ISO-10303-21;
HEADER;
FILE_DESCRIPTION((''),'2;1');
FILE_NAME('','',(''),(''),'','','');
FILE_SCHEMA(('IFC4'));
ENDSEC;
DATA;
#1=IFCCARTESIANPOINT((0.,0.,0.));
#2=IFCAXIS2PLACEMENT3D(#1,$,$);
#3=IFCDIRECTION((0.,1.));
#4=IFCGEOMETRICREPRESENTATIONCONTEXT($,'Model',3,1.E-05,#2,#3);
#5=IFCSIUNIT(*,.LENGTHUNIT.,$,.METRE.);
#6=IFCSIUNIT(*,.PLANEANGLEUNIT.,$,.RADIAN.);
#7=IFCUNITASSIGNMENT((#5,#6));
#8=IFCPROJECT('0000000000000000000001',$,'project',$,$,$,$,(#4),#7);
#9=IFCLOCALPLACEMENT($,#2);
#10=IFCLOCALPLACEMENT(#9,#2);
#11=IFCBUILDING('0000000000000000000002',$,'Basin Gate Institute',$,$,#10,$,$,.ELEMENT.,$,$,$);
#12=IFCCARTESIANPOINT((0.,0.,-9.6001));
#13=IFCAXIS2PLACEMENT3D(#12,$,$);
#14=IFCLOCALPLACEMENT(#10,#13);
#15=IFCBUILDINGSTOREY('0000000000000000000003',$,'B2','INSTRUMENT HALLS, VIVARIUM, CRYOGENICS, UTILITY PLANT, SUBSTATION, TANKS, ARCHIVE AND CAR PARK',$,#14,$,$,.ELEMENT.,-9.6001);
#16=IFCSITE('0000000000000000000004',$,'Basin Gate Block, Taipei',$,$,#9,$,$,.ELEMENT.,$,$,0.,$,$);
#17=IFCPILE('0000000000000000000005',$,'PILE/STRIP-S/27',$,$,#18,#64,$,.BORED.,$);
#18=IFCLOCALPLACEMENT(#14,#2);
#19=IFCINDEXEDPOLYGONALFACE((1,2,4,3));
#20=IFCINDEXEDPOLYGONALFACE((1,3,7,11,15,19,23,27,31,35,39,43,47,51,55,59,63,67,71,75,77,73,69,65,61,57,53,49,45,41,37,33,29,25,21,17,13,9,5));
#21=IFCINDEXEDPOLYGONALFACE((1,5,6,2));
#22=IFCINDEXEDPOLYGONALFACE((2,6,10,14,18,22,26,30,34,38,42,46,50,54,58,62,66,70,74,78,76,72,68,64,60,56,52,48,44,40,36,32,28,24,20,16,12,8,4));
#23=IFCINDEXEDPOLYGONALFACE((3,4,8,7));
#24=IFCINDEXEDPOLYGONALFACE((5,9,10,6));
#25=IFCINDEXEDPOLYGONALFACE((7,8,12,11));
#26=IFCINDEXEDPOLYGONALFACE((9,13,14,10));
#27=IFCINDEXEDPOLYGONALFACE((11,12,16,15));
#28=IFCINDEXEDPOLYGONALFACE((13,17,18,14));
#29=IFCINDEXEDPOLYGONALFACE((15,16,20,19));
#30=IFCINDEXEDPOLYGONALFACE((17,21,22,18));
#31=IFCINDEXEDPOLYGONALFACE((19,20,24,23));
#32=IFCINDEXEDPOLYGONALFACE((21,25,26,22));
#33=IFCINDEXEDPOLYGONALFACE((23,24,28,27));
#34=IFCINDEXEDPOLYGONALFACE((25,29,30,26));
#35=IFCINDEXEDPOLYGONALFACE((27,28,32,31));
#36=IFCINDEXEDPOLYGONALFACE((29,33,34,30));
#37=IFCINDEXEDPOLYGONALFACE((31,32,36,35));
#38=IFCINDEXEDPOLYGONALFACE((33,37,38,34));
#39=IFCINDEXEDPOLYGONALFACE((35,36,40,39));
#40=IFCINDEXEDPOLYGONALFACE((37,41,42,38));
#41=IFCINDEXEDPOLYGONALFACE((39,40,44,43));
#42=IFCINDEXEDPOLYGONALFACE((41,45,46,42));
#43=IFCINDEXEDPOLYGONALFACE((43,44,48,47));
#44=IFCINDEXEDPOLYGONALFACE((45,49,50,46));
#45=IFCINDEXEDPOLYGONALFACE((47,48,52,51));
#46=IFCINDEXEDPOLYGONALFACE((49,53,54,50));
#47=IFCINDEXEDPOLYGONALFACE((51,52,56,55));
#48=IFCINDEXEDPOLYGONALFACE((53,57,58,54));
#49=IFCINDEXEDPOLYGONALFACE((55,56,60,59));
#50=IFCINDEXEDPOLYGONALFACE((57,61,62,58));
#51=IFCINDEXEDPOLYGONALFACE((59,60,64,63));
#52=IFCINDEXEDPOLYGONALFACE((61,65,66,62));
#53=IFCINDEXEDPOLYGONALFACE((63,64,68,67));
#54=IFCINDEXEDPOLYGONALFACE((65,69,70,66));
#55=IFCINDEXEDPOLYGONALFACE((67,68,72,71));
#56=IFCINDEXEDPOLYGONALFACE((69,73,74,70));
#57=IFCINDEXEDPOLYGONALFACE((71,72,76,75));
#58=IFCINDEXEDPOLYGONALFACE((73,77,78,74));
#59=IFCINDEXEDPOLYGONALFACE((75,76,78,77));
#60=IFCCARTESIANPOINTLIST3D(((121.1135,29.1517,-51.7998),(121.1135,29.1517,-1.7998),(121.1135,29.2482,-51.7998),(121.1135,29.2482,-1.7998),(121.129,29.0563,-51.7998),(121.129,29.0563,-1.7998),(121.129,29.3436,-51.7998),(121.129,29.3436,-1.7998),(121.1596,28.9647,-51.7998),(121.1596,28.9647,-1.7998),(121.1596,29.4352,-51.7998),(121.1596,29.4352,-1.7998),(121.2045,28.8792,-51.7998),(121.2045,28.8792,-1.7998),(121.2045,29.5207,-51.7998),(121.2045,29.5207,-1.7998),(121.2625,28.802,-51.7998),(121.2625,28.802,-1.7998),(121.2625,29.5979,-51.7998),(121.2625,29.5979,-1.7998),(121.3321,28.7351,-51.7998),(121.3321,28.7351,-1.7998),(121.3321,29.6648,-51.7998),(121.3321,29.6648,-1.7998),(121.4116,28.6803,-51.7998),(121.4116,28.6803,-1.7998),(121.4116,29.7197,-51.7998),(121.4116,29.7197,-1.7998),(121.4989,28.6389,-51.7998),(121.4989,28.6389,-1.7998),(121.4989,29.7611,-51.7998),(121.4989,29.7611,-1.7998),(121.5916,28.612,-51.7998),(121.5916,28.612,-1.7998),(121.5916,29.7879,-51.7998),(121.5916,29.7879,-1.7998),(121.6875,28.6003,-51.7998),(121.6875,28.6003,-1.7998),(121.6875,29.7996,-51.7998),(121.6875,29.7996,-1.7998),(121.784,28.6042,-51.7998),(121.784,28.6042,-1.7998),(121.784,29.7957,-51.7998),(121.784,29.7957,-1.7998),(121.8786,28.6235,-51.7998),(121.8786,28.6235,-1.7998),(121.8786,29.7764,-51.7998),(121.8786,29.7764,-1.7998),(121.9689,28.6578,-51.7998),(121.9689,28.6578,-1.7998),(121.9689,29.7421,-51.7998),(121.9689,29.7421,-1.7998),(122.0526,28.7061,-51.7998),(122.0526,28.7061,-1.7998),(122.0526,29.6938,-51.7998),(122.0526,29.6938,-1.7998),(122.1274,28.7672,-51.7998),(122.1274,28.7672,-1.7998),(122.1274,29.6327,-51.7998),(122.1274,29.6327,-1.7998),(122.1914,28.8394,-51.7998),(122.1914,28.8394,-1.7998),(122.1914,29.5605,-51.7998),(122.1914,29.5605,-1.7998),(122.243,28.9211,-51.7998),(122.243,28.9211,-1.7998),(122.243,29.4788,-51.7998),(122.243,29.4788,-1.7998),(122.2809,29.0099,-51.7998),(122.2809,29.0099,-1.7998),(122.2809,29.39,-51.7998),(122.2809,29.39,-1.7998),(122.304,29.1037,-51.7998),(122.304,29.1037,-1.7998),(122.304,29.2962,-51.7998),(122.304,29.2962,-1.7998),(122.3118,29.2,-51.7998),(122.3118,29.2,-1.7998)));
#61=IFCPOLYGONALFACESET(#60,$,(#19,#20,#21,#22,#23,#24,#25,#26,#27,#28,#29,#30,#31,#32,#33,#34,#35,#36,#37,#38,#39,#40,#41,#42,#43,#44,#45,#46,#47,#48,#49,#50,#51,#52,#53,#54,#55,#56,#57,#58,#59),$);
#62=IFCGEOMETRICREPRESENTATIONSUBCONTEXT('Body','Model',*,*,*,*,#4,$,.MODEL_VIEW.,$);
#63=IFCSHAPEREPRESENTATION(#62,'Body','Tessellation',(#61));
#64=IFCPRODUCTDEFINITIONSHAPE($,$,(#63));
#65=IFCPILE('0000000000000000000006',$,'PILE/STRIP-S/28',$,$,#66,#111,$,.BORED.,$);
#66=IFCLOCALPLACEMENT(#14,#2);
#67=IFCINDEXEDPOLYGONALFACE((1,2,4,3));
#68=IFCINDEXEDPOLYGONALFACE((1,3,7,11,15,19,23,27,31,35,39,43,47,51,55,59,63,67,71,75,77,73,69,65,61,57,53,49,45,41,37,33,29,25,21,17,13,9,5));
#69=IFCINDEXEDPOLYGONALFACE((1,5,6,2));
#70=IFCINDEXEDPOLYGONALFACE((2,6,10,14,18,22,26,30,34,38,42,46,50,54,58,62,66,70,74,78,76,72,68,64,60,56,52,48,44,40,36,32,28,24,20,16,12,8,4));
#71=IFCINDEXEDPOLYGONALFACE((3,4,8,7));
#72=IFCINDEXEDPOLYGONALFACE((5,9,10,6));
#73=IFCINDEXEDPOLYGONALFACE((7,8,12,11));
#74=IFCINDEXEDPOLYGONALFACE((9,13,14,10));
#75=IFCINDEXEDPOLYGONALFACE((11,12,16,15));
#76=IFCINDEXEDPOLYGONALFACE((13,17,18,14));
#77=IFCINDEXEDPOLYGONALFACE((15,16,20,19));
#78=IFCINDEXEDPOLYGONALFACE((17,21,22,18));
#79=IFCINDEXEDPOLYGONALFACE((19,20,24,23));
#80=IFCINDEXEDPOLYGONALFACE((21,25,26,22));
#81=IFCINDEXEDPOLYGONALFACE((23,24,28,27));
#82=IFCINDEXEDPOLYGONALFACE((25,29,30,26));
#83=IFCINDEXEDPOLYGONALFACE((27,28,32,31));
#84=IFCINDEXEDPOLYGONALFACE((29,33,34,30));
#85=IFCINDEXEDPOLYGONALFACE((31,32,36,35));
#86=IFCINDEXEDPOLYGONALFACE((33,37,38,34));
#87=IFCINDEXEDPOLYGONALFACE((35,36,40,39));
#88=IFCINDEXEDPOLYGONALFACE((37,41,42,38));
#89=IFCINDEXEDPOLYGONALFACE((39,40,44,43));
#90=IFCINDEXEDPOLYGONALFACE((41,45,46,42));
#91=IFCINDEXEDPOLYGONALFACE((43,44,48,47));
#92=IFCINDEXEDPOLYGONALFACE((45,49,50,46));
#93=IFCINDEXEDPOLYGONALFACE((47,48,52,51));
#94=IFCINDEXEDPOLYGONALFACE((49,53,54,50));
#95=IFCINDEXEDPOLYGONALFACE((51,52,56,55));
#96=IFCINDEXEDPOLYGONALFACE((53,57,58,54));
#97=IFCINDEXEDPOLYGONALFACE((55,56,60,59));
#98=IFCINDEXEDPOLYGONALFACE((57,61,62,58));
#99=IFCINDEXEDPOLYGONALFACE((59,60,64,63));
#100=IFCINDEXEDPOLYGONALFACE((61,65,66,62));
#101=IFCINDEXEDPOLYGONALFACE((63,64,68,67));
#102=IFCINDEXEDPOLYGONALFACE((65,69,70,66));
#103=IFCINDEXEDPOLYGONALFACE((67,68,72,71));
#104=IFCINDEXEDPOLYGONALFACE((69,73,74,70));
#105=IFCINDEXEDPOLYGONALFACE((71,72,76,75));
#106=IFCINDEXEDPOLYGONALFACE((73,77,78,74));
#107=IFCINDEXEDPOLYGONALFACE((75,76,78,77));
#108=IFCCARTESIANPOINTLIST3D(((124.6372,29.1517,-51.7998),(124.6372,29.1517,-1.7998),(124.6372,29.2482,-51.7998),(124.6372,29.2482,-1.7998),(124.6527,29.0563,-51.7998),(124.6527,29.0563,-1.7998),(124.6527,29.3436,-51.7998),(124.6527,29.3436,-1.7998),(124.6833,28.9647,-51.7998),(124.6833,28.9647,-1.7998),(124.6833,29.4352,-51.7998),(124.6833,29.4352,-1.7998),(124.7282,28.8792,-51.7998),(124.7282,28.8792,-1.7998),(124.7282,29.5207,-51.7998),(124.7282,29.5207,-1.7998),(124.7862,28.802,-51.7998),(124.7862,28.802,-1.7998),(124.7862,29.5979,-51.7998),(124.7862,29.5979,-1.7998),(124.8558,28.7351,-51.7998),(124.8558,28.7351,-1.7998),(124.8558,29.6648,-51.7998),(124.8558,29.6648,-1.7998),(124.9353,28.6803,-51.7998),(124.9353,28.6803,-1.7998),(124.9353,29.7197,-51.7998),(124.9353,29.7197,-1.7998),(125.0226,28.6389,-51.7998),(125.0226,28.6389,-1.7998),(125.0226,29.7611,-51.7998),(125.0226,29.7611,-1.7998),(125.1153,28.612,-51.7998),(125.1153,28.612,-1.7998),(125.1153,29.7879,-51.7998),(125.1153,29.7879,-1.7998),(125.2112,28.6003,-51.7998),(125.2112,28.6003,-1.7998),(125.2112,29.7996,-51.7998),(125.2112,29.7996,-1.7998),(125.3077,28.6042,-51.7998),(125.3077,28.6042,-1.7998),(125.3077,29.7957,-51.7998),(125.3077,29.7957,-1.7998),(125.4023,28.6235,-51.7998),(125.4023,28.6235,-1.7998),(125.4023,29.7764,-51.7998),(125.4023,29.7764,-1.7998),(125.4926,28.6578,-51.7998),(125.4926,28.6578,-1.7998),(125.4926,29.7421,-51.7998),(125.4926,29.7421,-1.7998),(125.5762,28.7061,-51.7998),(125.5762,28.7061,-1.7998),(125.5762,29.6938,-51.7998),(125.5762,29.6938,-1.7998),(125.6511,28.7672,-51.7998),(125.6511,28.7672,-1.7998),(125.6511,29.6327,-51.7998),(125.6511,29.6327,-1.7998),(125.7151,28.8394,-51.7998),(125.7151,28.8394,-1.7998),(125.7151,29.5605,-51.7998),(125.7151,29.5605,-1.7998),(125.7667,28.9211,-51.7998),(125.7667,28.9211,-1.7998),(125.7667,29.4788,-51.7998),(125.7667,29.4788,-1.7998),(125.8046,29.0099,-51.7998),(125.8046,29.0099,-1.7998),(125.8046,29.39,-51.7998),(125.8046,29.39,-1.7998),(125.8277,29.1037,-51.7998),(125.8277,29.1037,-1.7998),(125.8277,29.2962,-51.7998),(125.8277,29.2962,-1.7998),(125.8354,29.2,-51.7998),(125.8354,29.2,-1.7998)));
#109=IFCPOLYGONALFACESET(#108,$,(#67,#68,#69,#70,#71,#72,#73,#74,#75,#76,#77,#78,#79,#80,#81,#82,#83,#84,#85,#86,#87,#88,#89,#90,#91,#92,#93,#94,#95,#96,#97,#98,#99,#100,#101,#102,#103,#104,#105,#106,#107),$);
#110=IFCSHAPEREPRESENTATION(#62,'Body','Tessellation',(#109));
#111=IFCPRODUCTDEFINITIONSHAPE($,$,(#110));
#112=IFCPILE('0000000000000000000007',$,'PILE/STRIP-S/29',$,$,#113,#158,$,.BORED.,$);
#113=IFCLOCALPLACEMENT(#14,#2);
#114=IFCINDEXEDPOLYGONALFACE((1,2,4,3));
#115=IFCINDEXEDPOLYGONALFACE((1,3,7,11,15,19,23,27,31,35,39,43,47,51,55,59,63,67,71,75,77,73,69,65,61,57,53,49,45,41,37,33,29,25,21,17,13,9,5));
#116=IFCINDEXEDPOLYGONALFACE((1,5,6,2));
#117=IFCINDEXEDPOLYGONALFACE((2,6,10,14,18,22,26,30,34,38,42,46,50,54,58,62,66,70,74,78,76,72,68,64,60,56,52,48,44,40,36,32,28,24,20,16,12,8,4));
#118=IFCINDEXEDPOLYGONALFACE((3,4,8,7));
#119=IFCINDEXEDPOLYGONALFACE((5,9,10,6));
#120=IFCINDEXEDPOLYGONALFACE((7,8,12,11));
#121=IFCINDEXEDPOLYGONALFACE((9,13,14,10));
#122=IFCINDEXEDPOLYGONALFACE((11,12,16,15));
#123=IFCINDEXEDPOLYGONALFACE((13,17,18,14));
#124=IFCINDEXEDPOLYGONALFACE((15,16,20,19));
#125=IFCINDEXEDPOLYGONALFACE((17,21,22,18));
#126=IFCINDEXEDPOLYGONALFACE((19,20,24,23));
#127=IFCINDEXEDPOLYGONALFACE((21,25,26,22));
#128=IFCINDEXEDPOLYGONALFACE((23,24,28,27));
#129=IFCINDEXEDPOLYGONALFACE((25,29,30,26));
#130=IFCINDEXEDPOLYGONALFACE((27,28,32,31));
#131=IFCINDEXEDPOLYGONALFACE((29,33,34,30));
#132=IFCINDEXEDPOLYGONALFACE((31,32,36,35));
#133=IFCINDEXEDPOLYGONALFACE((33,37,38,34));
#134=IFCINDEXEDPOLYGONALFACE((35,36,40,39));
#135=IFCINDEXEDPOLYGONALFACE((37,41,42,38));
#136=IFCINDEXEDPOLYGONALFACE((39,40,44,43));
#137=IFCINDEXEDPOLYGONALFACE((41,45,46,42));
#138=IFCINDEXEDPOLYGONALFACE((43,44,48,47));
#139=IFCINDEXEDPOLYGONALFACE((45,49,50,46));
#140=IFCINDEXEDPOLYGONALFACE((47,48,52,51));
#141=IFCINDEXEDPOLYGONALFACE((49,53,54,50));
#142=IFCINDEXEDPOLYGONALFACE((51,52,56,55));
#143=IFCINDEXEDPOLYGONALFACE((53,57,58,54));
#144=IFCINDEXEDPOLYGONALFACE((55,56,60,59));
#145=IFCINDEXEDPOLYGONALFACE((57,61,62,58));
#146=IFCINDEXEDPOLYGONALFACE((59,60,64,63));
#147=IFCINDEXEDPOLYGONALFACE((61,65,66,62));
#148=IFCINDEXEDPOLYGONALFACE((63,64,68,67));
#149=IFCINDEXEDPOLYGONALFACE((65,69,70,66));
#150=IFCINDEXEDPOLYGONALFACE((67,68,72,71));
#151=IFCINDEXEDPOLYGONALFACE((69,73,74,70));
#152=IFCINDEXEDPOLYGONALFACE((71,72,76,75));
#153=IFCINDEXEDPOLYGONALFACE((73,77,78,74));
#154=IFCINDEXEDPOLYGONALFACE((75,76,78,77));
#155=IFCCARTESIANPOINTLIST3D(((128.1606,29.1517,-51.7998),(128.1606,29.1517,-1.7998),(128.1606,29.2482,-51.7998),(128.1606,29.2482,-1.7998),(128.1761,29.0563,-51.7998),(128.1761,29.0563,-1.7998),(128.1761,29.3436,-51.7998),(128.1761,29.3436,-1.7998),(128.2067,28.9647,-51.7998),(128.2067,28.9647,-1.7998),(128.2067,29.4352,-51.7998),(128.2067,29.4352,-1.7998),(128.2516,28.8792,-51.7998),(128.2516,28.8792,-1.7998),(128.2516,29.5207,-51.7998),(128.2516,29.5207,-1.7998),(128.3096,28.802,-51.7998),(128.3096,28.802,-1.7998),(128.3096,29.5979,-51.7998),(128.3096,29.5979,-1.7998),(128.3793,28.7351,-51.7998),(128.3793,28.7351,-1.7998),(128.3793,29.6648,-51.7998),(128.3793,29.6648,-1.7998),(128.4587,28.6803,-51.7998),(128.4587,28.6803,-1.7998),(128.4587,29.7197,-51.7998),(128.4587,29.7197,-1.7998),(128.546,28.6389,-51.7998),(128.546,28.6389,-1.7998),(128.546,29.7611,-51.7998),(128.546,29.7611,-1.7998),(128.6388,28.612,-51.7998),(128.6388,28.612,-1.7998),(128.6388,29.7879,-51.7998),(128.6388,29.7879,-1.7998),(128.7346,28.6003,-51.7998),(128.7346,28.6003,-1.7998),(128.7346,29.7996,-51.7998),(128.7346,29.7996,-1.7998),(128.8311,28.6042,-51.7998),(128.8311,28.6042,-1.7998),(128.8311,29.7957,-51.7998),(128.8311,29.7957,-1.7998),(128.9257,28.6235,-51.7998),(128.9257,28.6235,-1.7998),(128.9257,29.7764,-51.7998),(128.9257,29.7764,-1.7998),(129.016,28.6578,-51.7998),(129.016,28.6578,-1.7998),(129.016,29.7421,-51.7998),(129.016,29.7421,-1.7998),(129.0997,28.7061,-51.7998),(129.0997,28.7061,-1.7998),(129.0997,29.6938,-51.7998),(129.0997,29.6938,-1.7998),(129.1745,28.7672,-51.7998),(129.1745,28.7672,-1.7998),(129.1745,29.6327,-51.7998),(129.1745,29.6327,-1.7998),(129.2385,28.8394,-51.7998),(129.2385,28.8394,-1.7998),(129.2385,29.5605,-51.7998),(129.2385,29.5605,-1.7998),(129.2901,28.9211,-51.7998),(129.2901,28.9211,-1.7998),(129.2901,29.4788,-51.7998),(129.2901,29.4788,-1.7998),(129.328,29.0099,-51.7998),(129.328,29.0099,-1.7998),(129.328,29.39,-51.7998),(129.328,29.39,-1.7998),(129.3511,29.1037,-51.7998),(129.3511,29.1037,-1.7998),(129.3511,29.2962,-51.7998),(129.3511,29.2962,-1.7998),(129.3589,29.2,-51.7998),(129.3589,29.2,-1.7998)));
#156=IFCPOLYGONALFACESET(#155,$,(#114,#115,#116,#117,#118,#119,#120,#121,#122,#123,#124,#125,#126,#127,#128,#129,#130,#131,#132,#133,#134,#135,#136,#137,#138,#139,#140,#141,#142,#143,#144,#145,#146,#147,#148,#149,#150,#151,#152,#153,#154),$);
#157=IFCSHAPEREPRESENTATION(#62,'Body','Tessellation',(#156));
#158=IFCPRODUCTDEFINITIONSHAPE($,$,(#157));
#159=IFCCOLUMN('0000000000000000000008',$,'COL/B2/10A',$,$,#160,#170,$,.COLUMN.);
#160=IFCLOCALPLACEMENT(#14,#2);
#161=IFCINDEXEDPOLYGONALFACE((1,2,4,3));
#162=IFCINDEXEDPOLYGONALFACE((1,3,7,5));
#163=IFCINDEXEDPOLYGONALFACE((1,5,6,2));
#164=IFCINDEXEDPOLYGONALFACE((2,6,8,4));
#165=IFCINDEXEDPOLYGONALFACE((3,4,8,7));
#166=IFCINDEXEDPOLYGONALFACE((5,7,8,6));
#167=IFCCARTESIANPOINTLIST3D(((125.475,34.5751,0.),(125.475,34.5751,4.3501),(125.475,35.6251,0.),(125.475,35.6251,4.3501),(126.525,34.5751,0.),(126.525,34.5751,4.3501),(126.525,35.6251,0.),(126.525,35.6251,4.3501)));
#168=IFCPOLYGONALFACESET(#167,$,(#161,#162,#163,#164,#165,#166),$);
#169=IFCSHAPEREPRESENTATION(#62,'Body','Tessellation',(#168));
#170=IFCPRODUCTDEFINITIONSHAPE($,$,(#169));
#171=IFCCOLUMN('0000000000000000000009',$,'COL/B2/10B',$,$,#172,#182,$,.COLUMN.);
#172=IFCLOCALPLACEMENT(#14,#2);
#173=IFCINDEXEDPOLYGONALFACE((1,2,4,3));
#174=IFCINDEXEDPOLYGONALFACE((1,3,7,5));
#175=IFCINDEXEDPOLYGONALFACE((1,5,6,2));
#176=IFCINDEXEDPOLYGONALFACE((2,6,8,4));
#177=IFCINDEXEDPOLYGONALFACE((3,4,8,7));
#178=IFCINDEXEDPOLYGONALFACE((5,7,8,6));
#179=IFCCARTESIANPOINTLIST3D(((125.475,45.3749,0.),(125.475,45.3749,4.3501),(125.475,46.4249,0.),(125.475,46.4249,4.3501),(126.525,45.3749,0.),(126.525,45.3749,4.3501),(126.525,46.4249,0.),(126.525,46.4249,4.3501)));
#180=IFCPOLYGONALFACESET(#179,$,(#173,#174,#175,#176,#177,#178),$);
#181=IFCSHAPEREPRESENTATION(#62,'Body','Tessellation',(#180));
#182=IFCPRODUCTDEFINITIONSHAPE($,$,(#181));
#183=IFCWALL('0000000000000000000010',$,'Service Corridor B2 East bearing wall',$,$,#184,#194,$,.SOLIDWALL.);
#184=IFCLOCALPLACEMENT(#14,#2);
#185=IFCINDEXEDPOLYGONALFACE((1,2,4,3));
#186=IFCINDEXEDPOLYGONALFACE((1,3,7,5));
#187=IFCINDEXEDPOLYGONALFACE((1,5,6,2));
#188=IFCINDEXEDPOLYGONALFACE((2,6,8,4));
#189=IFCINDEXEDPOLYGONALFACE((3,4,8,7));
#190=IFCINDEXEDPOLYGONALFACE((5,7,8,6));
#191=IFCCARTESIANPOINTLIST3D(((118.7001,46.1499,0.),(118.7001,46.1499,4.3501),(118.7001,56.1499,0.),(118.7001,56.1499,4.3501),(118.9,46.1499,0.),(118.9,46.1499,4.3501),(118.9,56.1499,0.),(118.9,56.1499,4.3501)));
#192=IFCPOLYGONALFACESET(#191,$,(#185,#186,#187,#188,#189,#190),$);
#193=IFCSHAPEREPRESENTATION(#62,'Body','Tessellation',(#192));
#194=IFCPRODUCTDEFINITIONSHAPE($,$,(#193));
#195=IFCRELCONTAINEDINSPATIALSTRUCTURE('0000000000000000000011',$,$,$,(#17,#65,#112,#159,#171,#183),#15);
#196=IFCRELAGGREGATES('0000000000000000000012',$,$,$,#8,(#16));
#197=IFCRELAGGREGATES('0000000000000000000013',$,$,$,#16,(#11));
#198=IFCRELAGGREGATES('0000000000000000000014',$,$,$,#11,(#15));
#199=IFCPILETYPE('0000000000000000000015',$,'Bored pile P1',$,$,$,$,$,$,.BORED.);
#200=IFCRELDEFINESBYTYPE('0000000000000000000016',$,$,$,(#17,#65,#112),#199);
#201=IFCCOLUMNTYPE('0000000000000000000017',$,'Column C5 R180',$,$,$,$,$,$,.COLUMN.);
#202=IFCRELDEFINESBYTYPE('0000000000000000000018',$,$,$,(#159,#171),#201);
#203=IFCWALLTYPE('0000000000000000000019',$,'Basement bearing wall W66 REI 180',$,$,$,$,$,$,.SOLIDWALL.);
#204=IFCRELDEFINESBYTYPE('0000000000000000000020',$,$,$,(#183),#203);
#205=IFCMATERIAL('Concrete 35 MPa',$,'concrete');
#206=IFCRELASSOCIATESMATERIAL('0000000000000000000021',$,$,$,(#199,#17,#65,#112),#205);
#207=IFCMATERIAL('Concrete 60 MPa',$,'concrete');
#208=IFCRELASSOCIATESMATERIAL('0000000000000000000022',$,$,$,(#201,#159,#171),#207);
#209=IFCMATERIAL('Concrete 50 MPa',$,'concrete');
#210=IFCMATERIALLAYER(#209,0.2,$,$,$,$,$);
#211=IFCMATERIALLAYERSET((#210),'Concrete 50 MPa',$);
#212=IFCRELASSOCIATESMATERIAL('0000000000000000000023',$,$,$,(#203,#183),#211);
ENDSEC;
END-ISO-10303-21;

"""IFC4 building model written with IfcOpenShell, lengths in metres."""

from ifc_helpers import new_model, si_unit, direction, frame, frame_2d, origin, origin_2d, place, context, subcontext, project, spatial, rectangle, circle, extrude, material, layer, layer_set, material_profile, profile_set, type_object, element, save


model = new_model("IFC4")

# Units and contexts
model_context = context("Model", 3, precision=1e-05, world=origin(), true_north=direction((0.0, 1.0)))
body_context = subcontext(model_context, "Body", "Model", "MODEL_VIEW")
ifc_project = project(units=[si_unit("LENGTHUNIT", "METRE"), si_unit("PLANEANGLEUNIT", "RADIAN")], contexts=[model_context])

# Site, building, storey
site_placement = place(None, origin())
site = spatial("IfcSite", under=ifc_project, at=site_placement, Name="Basin Gate Block, Taipei", CompositionType="ELEMENT", RefElevation=0.0)
building_placement = place(site_placement, origin())
building = spatial("IfcBuilding", under=site, at=building_placement, Name="Basin Gate Institute", CompositionType="ELEMENT")
storey_placement = place(building_placement, frame((0.0, 0.0, -9.6001)))
storey = spatial("IfcBuildingStorey", under=building, at=storey_placement, Name="B2", Description="INSTRUMENT HALLS, VIVARIUM, CRYOGENICS, UTILITY PLANT, SUBSTATION, TANKS, ARCHIVE AND CAR PARK", CompositionType="ELEMENT", Elevation=-9.6001)

# Piles
ifc_material_1 = material(Name="Concrete 35 MPa", Category="concrete")
ifc_material_profile_1 = material_profile(ifc_material_1, circle(Radius=0.6001, at=origin_2d()), Name="Bored pile P1 1200 dia")
ifc_profile_set_1 = profile_set([ifc_material_profile_1], Name="Concrete 35 MPa")
pile_type = type_object("IfcPileType", Name="Bored pile P1", PredefinedType="BORED", material=ifc_profile_set_1)
for number, where, z_axis, x_axis, name in (
    (1, (121.7117, 29.2, -1.7998), (0.0, 0.0, -1.0), (1.0, 0.0, 0.0), "PILE/STRIP-S/27"),
    (2, (125.2354, 29.2, -1.7998), (0.0, 0.0, -1.0), (1.0, 0.0, 0.0), "PILE/STRIP-S/28"),
    (3, (128.7588, 29.2, -1.7998), (0.0, 0.0, -1.0), (1.0, 0.0, 0.0), "PILE/STRIP-S/29"),
):
    element("IfcPile", number, at=place(storey_placement, frame(where, z_axis=z_axis, x_axis=x_axis)), inside=storey, type_object=pile_type, material=ifc_profile_set_1, Name=name, PredefinedType="BORED", context=body_context, shape_type="SweptSolid", body=[
        extrude(circle(Radius=0.6001, at=origin_2d()), origin(), (0.0, 0.0, 1.0), 50.0),
    ])

# Columns
ifc_material_2 = material(Name="Concrete 60 MPa", Category="concrete")
ifc_material_profile_2 = material_profile(ifc_material_2, rectangle(XDim=1.05, YDim=1.05, at=origin_2d()), Name="Column C5 1050 x 1050")
ifc_profile_set_2 = profile_set([ifc_material_profile_2], Name="Concrete 60 MPa")
column_type = type_object("IfcColumnType", Name="Column C5 R180", PredefinedType="COLUMN", material=ifc_profile_set_2)
for number, where, z_axis, x_axis, name in (
    (4, (126.0, 35.1001, 0.0), (0.0, 0.0, 1.0), (1.0, 0.0, 0.0), "COL/B2/10A"),
    (5, (126.0, 45.8999, 0.0), (0.0, 0.0, 1.0), (1.0, 0.0, 0.0), "COL/B2/10B"),
):
    element("IfcColumn", number, at=place(storey_placement, frame(where, z_axis=z_axis, x_axis=x_axis)), inside=storey, type_object=column_type, material=ifc_profile_set_2, Name=name, PredefinedType="COLUMN", context=body_context, shape_type="SweptSolid", body=[
        extrude(rectangle(XDim=1.05, YDim=1.05, at=origin_2d()), origin(), (0.0, 0.0, 1.0), 4.3501),
    ])

# Wall
ifc_material_3 = material(Name="Concrete 50 MPa", Category="concrete")
ifc_layer_1 = layer(ifc_material_3, 0.2)
ifc_layer_set_1 = layer_set([ifc_layer_1], Name="Concrete 50 MPa")
wall_type_1 = type_object("IfcWallType", Name="Basement bearing wall W66 REI 180", PredefinedType="SOLIDWALL", material=ifc_layer_set_1)
wall_1_placement = place(storey_placement, frame((118.8, 46.1499, 0.0), z_axis=(0.0, 0.0, 1.0), x_axis=(0.0, 1.0, 0.0)))
element("IfcWall", 6, at=wall_1_placement, inside=storey, type_object=wall_type_1, material=ifc_layer_set_1, Name="Service Corridor B2 East bearing wall", PredefinedType="SOLIDWALL", context=body_context, shape_type="SweptSolid", body=[
    extrude(rectangle(XDim=10.0, YDim=0.2, at=frame_2d((5.0, 0.0))), origin(), (0.0, 0.0, 1.0), 4.3501),
])

save(model, "model.ifc")
